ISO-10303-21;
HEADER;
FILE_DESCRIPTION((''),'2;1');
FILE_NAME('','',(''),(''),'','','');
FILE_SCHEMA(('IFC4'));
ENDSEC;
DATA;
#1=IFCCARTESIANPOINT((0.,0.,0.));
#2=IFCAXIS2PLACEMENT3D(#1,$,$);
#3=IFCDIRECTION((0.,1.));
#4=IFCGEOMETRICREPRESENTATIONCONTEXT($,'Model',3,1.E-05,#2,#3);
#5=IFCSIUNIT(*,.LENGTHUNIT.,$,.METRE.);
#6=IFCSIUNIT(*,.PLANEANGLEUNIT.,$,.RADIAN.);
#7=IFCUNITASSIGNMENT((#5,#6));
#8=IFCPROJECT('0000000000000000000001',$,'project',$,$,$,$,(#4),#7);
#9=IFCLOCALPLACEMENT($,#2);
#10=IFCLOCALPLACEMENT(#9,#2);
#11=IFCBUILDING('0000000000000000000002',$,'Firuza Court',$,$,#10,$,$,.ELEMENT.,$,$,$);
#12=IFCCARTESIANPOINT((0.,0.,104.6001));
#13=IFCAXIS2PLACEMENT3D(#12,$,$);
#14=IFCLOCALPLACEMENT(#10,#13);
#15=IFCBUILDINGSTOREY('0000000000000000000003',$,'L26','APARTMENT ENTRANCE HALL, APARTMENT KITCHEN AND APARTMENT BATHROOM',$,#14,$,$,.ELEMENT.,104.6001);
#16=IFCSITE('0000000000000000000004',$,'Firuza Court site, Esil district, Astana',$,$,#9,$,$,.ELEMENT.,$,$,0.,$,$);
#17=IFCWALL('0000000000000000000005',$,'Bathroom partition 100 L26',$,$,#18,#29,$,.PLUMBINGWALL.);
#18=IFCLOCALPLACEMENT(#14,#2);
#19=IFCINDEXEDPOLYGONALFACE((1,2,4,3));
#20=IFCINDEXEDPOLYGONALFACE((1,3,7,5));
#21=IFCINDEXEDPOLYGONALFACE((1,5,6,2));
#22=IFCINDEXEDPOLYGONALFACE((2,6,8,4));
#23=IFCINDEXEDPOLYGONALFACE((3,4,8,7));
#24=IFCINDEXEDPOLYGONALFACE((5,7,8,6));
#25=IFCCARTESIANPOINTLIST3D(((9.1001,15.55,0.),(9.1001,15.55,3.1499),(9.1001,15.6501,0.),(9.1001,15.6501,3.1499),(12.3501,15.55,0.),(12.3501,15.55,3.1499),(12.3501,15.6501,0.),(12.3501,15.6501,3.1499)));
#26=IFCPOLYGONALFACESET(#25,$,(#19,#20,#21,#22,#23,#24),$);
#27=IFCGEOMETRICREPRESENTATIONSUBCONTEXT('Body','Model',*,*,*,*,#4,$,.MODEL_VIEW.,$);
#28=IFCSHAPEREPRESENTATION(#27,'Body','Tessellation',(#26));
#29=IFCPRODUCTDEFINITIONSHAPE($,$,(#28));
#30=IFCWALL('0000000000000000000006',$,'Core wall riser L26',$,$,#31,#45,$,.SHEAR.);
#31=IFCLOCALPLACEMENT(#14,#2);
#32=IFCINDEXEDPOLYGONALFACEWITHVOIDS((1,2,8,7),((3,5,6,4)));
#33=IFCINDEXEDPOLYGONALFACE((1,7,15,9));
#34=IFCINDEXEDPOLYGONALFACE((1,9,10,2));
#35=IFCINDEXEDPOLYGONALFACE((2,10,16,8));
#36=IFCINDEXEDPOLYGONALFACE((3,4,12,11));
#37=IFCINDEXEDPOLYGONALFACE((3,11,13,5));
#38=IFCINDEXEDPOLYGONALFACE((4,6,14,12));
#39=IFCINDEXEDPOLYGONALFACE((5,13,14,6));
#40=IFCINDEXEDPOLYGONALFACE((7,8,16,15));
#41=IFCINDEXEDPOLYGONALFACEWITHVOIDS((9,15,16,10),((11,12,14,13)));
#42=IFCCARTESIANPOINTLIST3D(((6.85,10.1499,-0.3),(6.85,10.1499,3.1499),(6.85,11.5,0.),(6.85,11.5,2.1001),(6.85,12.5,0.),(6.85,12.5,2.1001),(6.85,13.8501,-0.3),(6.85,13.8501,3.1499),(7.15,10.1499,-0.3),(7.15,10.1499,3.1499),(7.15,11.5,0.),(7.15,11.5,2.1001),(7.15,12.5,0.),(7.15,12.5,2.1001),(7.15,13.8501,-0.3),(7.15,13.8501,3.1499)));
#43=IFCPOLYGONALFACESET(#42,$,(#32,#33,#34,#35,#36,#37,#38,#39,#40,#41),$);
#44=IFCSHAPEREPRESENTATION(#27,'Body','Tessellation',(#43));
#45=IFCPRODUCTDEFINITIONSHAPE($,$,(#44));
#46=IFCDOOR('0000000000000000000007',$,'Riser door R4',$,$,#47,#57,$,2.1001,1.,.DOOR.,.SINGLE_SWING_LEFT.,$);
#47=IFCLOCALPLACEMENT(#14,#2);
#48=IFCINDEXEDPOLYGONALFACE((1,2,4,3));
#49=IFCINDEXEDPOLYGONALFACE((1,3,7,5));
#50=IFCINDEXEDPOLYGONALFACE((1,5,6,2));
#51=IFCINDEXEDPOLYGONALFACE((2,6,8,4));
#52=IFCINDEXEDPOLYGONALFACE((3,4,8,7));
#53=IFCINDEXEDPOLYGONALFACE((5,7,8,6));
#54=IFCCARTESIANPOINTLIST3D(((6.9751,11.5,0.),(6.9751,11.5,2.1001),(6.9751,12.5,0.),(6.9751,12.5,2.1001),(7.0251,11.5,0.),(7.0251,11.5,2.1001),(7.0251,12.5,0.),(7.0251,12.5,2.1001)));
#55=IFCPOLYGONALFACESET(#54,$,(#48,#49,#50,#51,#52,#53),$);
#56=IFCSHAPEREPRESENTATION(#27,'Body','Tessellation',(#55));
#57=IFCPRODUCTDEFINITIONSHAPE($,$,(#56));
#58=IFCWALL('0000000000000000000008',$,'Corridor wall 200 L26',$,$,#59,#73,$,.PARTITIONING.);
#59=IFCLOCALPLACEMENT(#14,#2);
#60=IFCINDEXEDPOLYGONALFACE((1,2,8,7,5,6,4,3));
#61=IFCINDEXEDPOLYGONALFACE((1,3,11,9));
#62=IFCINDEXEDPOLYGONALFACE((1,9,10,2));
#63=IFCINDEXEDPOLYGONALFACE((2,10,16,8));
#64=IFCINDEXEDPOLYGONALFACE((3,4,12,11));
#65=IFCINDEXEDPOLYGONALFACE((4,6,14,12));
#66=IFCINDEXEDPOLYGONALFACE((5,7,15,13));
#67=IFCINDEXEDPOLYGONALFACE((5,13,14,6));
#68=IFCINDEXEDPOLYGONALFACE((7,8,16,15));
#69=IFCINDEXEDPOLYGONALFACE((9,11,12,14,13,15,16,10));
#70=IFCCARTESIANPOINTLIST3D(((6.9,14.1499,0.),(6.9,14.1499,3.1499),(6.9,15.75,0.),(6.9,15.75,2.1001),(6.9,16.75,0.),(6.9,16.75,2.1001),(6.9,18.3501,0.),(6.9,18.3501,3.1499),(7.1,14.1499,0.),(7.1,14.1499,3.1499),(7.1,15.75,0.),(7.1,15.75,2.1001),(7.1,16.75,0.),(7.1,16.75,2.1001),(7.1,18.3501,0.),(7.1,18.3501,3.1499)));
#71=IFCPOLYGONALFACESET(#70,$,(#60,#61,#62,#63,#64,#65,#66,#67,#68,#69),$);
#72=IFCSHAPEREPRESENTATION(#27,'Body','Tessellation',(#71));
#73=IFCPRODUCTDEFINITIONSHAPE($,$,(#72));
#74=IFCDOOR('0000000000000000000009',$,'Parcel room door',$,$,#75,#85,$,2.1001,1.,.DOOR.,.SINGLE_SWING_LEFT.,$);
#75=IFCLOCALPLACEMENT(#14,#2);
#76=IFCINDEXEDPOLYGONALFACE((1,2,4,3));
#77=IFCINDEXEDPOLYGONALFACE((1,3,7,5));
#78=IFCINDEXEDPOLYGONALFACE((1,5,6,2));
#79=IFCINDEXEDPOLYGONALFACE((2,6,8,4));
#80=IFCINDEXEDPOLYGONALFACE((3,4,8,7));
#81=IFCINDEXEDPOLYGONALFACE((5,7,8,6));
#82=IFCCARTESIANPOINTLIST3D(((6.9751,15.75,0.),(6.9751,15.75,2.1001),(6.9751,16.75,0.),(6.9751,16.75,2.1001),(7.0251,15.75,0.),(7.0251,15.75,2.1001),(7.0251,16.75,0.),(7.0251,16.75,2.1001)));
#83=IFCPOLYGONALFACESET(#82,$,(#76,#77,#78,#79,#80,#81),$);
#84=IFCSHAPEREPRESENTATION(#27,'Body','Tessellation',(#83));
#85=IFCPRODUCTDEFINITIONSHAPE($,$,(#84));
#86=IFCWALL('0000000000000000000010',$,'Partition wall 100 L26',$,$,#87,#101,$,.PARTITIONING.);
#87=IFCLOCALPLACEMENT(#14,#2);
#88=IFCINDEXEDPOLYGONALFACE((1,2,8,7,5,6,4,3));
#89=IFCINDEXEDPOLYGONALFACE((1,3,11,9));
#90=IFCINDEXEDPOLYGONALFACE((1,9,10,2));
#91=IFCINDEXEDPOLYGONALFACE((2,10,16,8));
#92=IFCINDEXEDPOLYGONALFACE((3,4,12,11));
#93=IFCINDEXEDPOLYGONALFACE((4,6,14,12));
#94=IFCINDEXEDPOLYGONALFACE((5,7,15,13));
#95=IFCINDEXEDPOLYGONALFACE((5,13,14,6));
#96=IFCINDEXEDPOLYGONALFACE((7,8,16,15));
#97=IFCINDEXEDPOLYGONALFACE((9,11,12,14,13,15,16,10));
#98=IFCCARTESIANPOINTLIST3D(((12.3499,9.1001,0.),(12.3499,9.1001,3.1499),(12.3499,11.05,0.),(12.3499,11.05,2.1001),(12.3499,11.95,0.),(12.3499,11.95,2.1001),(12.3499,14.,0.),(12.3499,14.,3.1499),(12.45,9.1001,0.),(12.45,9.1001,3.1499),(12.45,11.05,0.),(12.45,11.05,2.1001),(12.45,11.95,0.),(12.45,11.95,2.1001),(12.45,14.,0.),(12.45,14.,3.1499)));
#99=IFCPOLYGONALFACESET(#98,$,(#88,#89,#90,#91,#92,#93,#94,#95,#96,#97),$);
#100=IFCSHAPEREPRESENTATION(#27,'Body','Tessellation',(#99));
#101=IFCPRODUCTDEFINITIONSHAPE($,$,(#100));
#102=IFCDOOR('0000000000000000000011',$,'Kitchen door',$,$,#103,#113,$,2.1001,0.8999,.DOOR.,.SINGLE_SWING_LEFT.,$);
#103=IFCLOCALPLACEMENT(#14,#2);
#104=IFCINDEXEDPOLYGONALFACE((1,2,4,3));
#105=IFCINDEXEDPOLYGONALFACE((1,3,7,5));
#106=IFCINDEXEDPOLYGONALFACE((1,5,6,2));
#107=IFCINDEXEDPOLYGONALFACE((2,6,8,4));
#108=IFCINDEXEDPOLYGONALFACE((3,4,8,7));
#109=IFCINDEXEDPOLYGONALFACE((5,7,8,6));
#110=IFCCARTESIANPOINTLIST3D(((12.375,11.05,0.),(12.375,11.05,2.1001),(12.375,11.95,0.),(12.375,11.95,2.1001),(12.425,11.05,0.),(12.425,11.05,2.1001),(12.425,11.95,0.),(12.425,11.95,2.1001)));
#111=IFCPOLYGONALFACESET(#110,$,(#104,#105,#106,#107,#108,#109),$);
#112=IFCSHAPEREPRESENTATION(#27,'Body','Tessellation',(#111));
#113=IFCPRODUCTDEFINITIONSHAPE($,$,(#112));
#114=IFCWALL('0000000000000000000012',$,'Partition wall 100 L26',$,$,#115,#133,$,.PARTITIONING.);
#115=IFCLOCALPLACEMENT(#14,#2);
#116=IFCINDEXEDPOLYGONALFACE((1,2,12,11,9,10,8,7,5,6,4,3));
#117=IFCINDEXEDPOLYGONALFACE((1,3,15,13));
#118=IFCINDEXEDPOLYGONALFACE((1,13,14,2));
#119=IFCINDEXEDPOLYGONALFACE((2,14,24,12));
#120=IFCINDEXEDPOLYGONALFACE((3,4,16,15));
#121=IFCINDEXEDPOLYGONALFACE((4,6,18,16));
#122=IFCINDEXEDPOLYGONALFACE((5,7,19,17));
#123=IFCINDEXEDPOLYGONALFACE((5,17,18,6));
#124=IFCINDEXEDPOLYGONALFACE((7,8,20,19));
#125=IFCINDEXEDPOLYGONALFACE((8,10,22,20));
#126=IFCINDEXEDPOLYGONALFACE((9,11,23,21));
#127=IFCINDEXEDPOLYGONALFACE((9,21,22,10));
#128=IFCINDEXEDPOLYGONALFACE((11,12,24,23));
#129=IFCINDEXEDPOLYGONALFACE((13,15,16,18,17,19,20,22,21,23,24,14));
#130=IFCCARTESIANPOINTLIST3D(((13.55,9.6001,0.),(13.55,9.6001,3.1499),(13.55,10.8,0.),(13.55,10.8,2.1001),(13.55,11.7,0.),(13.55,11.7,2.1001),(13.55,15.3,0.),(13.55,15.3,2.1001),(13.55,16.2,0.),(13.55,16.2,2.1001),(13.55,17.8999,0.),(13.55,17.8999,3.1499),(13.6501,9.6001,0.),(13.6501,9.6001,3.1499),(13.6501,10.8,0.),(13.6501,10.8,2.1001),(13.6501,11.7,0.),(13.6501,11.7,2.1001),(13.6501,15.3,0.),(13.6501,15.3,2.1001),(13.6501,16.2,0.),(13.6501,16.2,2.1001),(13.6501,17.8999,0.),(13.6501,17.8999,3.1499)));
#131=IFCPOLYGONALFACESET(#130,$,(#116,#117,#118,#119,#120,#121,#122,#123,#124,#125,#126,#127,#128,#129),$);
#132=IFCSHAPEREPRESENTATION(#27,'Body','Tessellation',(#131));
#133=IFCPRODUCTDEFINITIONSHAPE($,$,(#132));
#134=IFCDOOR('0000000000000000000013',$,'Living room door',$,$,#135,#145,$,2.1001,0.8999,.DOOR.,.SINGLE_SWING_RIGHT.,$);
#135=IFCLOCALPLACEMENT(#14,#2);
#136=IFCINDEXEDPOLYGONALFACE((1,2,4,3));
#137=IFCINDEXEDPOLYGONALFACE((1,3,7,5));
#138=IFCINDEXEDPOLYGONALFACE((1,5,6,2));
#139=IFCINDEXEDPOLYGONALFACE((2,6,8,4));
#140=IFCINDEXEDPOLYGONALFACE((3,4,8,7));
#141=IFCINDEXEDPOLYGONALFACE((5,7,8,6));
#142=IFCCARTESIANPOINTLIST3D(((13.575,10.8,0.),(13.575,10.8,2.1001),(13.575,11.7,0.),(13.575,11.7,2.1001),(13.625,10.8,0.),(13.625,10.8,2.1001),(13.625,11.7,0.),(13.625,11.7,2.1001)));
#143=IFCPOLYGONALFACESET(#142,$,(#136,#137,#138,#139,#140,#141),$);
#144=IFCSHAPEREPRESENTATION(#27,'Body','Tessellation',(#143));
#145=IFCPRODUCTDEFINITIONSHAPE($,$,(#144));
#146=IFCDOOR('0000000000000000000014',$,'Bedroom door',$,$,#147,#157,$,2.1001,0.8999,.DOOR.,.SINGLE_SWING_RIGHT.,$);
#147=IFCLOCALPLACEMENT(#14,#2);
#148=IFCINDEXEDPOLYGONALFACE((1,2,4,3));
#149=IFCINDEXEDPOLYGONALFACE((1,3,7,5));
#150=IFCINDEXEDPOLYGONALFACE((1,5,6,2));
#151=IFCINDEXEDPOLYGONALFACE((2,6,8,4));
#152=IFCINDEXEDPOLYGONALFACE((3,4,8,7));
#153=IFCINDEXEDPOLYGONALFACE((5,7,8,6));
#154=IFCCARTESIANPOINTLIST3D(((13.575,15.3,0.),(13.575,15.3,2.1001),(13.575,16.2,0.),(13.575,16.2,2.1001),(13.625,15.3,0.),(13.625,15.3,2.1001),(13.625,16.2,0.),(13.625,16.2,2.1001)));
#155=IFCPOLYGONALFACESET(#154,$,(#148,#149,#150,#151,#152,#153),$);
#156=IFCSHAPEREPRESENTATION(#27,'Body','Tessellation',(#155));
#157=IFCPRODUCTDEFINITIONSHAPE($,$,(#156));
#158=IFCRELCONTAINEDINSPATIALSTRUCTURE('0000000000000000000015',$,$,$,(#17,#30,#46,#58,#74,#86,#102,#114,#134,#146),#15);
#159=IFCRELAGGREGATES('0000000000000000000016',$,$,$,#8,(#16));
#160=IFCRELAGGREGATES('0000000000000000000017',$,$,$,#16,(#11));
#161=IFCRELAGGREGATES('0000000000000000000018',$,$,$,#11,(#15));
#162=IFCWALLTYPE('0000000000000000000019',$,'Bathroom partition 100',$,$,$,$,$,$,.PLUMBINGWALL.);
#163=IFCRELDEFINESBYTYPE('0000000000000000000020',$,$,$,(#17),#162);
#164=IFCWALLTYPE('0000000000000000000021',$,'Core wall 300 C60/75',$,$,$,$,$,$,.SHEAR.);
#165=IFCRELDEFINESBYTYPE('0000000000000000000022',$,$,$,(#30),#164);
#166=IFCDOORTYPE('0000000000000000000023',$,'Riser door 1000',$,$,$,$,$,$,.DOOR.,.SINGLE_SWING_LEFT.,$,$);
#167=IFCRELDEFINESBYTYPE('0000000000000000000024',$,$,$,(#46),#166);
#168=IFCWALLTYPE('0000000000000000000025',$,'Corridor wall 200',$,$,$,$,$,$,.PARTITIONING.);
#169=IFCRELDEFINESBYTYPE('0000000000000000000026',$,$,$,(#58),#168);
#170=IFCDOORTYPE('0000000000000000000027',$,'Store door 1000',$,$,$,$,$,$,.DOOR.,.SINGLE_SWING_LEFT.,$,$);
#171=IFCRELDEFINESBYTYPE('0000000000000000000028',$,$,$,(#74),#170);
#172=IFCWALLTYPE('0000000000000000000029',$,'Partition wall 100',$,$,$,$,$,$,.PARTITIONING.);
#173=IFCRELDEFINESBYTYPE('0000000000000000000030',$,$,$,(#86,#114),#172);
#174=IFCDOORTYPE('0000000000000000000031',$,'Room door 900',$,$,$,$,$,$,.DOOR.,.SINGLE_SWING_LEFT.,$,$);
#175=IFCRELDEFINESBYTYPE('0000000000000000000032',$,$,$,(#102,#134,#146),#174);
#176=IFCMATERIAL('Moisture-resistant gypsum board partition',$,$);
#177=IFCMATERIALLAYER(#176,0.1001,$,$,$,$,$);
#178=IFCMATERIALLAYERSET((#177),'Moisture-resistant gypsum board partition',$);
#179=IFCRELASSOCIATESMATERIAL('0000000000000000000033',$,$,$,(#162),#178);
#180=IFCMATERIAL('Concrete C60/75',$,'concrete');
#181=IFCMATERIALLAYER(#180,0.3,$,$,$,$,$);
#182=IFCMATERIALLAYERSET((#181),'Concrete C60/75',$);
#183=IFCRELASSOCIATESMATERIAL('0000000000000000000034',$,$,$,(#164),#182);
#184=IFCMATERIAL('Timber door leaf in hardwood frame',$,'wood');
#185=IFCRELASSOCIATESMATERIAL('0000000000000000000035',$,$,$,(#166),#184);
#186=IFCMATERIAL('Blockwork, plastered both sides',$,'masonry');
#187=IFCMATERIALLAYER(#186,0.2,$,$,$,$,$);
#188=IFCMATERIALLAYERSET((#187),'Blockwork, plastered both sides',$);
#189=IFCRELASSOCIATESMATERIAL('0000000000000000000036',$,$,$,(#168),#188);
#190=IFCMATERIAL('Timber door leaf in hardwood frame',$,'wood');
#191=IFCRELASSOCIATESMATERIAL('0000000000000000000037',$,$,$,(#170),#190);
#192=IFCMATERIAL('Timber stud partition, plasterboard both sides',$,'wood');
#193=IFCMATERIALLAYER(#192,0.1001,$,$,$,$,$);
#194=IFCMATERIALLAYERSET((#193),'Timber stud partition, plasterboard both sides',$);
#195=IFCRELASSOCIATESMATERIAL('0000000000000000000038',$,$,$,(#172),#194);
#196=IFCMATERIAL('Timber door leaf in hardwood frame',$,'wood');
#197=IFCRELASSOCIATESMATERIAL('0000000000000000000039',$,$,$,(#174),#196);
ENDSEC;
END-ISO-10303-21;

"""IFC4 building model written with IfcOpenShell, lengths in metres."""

from ifc_helpers import new_model, si_unit, direction, frame, frame_2d, origin, place, context, subcontext, project, spatial, rectangle, extrude, material, layer, layer_set, type_object, element, fill, save


model = new_model("IFC4")

# Units and contexts
model_context = context("Model", 3, precision=1e-05, world=origin(), true_north=direction((0.0, 1.0)))
body_context = subcontext(model_context, "Body", "Model", "MODEL_VIEW")
ifc_project = project(units=[si_unit("LENGTHUNIT", "METRE"), si_unit("PLANEANGLEUNIT", "RADIAN")], contexts=[model_context])

# Site, building, storey
site_placement = place(None, origin())
site = spatial("IfcSite", under=ifc_project, at=site_placement, Name="Firuza Court site, Esil district, Astana", CompositionType="ELEMENT", RefElevation=0.0)
building_placement = place(site_placement, origin())
building = spatial("IfcBuilding", under=site, at=building_placement, Name="Firuza Court", CompositionType="ELEMENT")
storey_placement = place(building_placement, frame((0.0, 0.0, 104.6001)))
storey = spatial("IfcBuildingStorey", under=building, at=storey_placement, Name="L26", Description="APARTMENT ENTRANCE HALL, APARTMENT KITCHEN AND APARTMENT BATHROOM", CompositionType="ELEMENT", Elevation=104.6001)

# Wall
ifc_material_1 = material(Name="Moisture-resistant gypsum board partition")
ifc_layer_1 = layer(ifc_material_1, 0.1001)
ifc_layer_set_1 = layer_set([ifc_layer_1], Name="Moisture-resistant gypsum board partition")
wall_type_1 = type_object("IfcWallType", Name="Bathroom partition 100", PredefinedType="PLUMBINGWALL", material=ifc_layer_set_1)
wall_1_placement = place(storey_placement, frame((9.1001, 15.6001, 0.0), z_axis=(0.0, 0.0, 1.0), x_axis=(1.0, 0.0, 0.0)))
element("IfcWall", 1, at=wall_1_placement, inside=storey, type_object=wall_type_1, Name="Bathroom partition 100 L26", PredefinedType="PLUMBINGWALL", context=body_context, shape_type="SweptSolid", body=[
    extrude(rectangle(XDim=3.25, YDim=0.1001, at=frame_2d((1.625, 0.0))), origin(), (0.0, 0.0, 1.0), 3.1499),
])

# Walls, openings, doors
ifc_material_2 = material(Name="Concrete C60/75", Category="concrete")
ifc_layer_2 = layer(ifc_material_2, 0.3)
ifc_layer_set_2 = layer_set([ifc_layer_2], Name="Concrete C60/75")
wall_type_2 = type_object("IfcWallType", Name="Core wall 300 C60/75", PredefinedType="SHEAR", material=ifc_layer_set_2)
wall_2_placement = place(storey_placement, frame((7.0, 10.1499, -0.3), z_axis=(0.0, 0.0, 1.0), x_axis=(0.0, 1.0, 0.0)))
wall_2 = element("IfcWall", 2, at=wall_2_placement, inside=storey, type_object=wall_type_2, Name="Core wall riser L26", PredefinedType="SHEAR", context=body_context, shape_type="SweptSolid", body=[
    extrude(rectangle(XDim=3.7002, YDim=0.3, at=frame_2d((1.8501, 0.0))), origin(), (0.0, 0.0, 1.0), 3.45),
])
opening_1_placement = place(wall_2_placement, frame((1.3501, 0.0, 0.3)))
opening_1 = element("IfcOpeningElement", 3, at=opening_1_placement, cuts=wall_2, PredefinedType="OPENING", context=body_context, shape_type="SweptSolid", body=[
    extrude(rectangle(XDim=1.0, YDim=2.1001, at=frame_2d((0.5, 1.05))), frame((0.0, 0.1621, 0.0), z_axis=(0.0, -1.0, 0.0), x_axis=(1.0, 0.0, 0.0)), (0.0, 0.0, 1.0), 0.324),
])
ifc_material_3 = material(Name="Timber door leaf in hardwood frame", Category="wood")
door_type_1 = type_object("IfcDoorType", Name="Riser door 1000", OperationType="SINGLE_SWING_LEFT", PredefinedType="DOOR", material=ifc_material_3)
door_1_placement = place(opening_1_placement, origin())
door_1 = element("IfcDoor", 4, at=door_1_placement, inside=storey, type_object=door_type_1, Name="Riser door R4", OperationType="SINGLE_SWING_LEFT", OverallHeight=2.1001, OverallWidth=1.0, PredefinedType="DOOR", context=body_context, shape_type="SweptSolid", body=[
    extrude(rectangle(XDim=1.0, YDim=2.1001, at=frame_2d((0.5, 1.05))), frame((0.0, 0.0249, 0.0), z_axis=(0.0, -1.0, 0.0), x_axis=(1.0, 0.0, 0.0)), (0.0, 0.0, 1.0), 0.05),
])
fill(opening_1, door_1)
ifc_material_4 = material(Name="Blockwork, plastered both sides", Category="masonry")
ifc_layer_3 = layer(ifc_material_4, 0.2)
ifc_layer_set_3 = layer_set([ifc_layer_3], Name="Blockwork, plastered both sides")
wall_type_3 = type_object("IfcWallType", Name="Corridor wall 200", PredefinedType="PARTITIONING", material=ifc_layer_set_3)
wall_3_placement = place(storey_placement, frame((7.0, 14.1499, 0.0), z_axis=(0.0, 0.0, 1.0), x_axis=(0.0, 1.0, 0.0)))
wall_3 = element("IfcWall", 5, at=wall_3_placement, inside=storey, type_object=wall_type_3, Name="Corridor wall 200 L26", PredefinedType="PARTITIONING", context=body_context, shape_type="SweptSolid", body=[
    extrude(rectangle(XDim=4.2002, YDim=0.2, at=frame_2d((2.1001, 0.0))), origin(), (0.0, 0.0, 1.0), 3.1499),
])
opening_2_placement = place(wall_3_placement, frame((1.6001, 0.0, 0.0)))
opening_2 = element("IfcOpeningElement", 6, at=opening_2_placement, cuts=wall_3, PredefinedType="OPENING", context=body_context, shape_type="SweptSolid", body=[
    extrude(rectangle(XDim=1.0, YDim=2.1001, at=frame_2d((0.5, 1.05))), frame((0.0, 0.1118, 0.0), z_axis=(0.0, -1.0, 0.0), x_axis=(1.0, 0.0, 0.0)), (0.0, 0.0, 1.0), 0.2239),
])
ifc_material_5 = material(Name="Timber door leaf in hardwood frame", Category="wood")
door_type_2 = type_object("IfcDoorType", Name="Store door 1000", OperationType="SINGLE_SWING_LEFT", PredefinedType="DOOR", material=ifc_material_5)
door_2_placement = place(opening_2_placement, origin())
door_2 = element("IfcDoor", 7, at=door_2_placement, inside=storey, type_object=door_type_2, Name="Parcel room door", OperationType="SINGLE_SWING_LEFT", OverallHeight=2.1001, OverallWidth=1.0, PredefinedType="DOOR", context=body_context, shape_type="SweptSolid", body=[
    extrude(rectangle(XDim=1.0, YDim=2.1001, at=frame_2d((0.5, 1.05))), frame((0.0, 0.0249, 0.0), z_axis=(0.0, -1.0, 0.0), x_axis=(1.0, 0.0, 0.0)), (0.0, 0.0, 1.0), 0.05),
])
fill(opening_2, door_2)
ifc_material_6 = material(Name="Timber stud partition, plasterboard both sides", Category="wood")
ifc_layer_4 = layer(ifc_material_6, 0.1001)
ifc_layer_set_4 = layer_set([ifc_layer_4], Name="Timber stud partition, plasterboard both sides")
wall_type_4 = type_object("IfcWallType", Name="Partition wall 100", PredefinedType="PARTITIONING", material=ifc_layer_set_4)
wall_4_placement = place(storey_placement, frame((12.3999, 9.1001, 0.0), z_axis=(0.0, 0.0, 1.0), x_axis=(0.0, 1.0, 0.0)))
wall_4 = element("IfcWall", 8, at=wall_4_placement, inside=storey, type_object=wall_type_4, Name="Partition wall 100 L26", PredefinedType="PARTITIONING", context=body_context, shape_type="SweptSolid", body=[
    extrude(rectangle(XDim=4.8999, YDim=0.1001, at=frame_2d((2.45, 0.0))), origin(), (0.0, 0.0, 1.0), 3.1499),
])
opening_3_placement = place(wall_4_placement, frame((1.95, 0.0, 0.0)))
opening_3 = element("IfcOpeningElement", 9, at=opening_3_placement, cuts=wall_4, PredefinedType="OPENING", context=body_context, shape_type="SweptSolid", body=[
    extrude(rectangle(XDim=0.8999, YDim=2.1001, at=frame_2d((0.45, 1.05))), frame((0.0, 0.062, 0.0), z_axis=(0.0, -1.0, 0.0), x_axis=(1.0, 0.0, 0.0)), (0.0, 0.0, 1.0), 0.124),
])
ifc_material_7 = material(Name="Timber door leaf in hardwood frame", Category="wood")
door_type_3 = type_object("IfcDoorType", Name="Room door 900", OperationType="SINGLE_SWING_LEFT", PredefinedType="DOOR", material=ifc_material_7)
door_3_placement = place(opening_3_placement, origin())
door_3 = element("IfcDoor", 10, at=door_3_placement, inside=storey, type_object=door_type_3, Name="Kitchen door", OperationType="SINGLE_SWING_LEFT", OverallHeight=2.1001, OverallWidth=0.8999, PredefinedType="DOOR", context=body_context, shape_type="SweptSolid", body=[
    extrude(rectangle(XDim=0.8999, YDim=2.1001, at=frame_2d((0.45, 1.05))), frame((0.0, 0.0249, 0.0), z_axis=(0.0, -1.0, 0.0), x_axis=(1.0, 0.0, 0.0)), (0.0, 0.0, 1.0), 0.05),
])
fill(opening_3, door_3)

# Wall, openings, doors
wall_5_placement = place(storey_placement, frame((13.6001, 9.6001, 0.0), z_axis=(0.0, 0.0, 1.0), x_axis=(0.0, 1.0, 0.0)))
wall_5 = element("IfcWall", 11, at=wall_5_placement, inside=storey, type_object=wall_type_4, Name="Partition wall 100 L26", PredefinedType="PARTITIONING", context=body_context, shape_type="SweptSolid", body=[
    extrude(rectangle(XDim=8.2998, YDim=0.1001, at=frame_2d((4.1499, 0.0))), origin(), (0.0, 0.0, 1.0), 3.1499),
])
opening_4_placement = place(wall_5_placement, frame((1.2, 0.0, 0.0)))
opening_4 = element("IfcOpeningElement", 12, at=opening_4_placement, cuts=wall_5, PredefinedType="OPENING", context=body_context, shape_type="SweptSolid", body=[
    extrude(rectangle(XDim=0.8999, YDim=2.1001, at=frame_2d((0.45, 1.05))), frame((0.0, 0.062, 0.0), z_axis=(0.0, -1.0, 0.0), x_axis=(1.0, 0.0, 0.0)), (0.0, 0.0, 1.0), 0.124),
])
opening_5_placement = place(wall_5_placement, frame((5.7, 0.0, 0.0)))
opening_5 = element("IfcOpeningElement", 13, at=opening_5_placement, cuts=wall_5, PredefinedType="OPENING", context=body_context, shape_type="SweptSolid", body=[
    extrude(rectangle(XDim=0.8999, YDim=2.1001, at=frame_2d((0.45, 1.05))), frame((0.0, 0.062, 0.0), z_axis=(0.0, -1.0, 0.0), x_axis=(1.0, 0.0, 0.0)), (0.0, 0.0, 1.0), 0.124),
])
door_4_placement = place(opening_4_placement, frame((0.8999, 0.0, 0.0), z_axis=(0.0, 0.0, 1.0), x_axis=(-1.0, 0.0, 0.0)))
door_4 = element("IfcDoor", 14, at=door_4_placement, inside=storey, type_object=door_type_3, Name="Living room door", OperationType="SINGLE_SWING_RIGHT", OverallHeight=2.1001, OverallWidth=0.8999, PredefinedType="DOOR", context=body_context, shape_type="SweptSolid", body=[
    extrude(rectangle(XDim=0.8999, YDim=2.1001, at=frame_2d((0.45, 1.05))), frame((0.0, 0.0249, 0.0), z_axis=(0.0, -1.0, 0.0), x_axis=(1.0, 0.0, 0.0)), (0.0, 0.0, 1.0), 0.05),
])
fill(opening_4, door_4)
door_5_placement = place(opening_5_placement, frame((0.8999, 0.0, 0.0), z_axis=(0.0, 0.0, 1.0), x_axis=(-1.0, 0.0, 0.0)))
door_5 = element("IfcDoor", 15, at=door_5_placement, inside=storey, type_object=door_type_3, Name="Bedroom door", OperationType="SINGLE_SWING_RIGHT", OverallHeight=2.1001, OverallWidth=0.8999, PredefinedType="DOOR", context=body_context, shape_type="SweptSolid", body=[
    extrude(rectangle(XDim=0.8999, YDim=2.1001, at=frame_2d((0.45, 1.05))), frame((0.0, 0.0249, 0.0), z_axis=(0.0, -1.0, 0.0), x_axis=(1.0, 0.0, 0.0)), (0.0, 0.0, 1.0), 0.05),
])
fill(opening_5, door_5)

save(model, "model.ifc")
